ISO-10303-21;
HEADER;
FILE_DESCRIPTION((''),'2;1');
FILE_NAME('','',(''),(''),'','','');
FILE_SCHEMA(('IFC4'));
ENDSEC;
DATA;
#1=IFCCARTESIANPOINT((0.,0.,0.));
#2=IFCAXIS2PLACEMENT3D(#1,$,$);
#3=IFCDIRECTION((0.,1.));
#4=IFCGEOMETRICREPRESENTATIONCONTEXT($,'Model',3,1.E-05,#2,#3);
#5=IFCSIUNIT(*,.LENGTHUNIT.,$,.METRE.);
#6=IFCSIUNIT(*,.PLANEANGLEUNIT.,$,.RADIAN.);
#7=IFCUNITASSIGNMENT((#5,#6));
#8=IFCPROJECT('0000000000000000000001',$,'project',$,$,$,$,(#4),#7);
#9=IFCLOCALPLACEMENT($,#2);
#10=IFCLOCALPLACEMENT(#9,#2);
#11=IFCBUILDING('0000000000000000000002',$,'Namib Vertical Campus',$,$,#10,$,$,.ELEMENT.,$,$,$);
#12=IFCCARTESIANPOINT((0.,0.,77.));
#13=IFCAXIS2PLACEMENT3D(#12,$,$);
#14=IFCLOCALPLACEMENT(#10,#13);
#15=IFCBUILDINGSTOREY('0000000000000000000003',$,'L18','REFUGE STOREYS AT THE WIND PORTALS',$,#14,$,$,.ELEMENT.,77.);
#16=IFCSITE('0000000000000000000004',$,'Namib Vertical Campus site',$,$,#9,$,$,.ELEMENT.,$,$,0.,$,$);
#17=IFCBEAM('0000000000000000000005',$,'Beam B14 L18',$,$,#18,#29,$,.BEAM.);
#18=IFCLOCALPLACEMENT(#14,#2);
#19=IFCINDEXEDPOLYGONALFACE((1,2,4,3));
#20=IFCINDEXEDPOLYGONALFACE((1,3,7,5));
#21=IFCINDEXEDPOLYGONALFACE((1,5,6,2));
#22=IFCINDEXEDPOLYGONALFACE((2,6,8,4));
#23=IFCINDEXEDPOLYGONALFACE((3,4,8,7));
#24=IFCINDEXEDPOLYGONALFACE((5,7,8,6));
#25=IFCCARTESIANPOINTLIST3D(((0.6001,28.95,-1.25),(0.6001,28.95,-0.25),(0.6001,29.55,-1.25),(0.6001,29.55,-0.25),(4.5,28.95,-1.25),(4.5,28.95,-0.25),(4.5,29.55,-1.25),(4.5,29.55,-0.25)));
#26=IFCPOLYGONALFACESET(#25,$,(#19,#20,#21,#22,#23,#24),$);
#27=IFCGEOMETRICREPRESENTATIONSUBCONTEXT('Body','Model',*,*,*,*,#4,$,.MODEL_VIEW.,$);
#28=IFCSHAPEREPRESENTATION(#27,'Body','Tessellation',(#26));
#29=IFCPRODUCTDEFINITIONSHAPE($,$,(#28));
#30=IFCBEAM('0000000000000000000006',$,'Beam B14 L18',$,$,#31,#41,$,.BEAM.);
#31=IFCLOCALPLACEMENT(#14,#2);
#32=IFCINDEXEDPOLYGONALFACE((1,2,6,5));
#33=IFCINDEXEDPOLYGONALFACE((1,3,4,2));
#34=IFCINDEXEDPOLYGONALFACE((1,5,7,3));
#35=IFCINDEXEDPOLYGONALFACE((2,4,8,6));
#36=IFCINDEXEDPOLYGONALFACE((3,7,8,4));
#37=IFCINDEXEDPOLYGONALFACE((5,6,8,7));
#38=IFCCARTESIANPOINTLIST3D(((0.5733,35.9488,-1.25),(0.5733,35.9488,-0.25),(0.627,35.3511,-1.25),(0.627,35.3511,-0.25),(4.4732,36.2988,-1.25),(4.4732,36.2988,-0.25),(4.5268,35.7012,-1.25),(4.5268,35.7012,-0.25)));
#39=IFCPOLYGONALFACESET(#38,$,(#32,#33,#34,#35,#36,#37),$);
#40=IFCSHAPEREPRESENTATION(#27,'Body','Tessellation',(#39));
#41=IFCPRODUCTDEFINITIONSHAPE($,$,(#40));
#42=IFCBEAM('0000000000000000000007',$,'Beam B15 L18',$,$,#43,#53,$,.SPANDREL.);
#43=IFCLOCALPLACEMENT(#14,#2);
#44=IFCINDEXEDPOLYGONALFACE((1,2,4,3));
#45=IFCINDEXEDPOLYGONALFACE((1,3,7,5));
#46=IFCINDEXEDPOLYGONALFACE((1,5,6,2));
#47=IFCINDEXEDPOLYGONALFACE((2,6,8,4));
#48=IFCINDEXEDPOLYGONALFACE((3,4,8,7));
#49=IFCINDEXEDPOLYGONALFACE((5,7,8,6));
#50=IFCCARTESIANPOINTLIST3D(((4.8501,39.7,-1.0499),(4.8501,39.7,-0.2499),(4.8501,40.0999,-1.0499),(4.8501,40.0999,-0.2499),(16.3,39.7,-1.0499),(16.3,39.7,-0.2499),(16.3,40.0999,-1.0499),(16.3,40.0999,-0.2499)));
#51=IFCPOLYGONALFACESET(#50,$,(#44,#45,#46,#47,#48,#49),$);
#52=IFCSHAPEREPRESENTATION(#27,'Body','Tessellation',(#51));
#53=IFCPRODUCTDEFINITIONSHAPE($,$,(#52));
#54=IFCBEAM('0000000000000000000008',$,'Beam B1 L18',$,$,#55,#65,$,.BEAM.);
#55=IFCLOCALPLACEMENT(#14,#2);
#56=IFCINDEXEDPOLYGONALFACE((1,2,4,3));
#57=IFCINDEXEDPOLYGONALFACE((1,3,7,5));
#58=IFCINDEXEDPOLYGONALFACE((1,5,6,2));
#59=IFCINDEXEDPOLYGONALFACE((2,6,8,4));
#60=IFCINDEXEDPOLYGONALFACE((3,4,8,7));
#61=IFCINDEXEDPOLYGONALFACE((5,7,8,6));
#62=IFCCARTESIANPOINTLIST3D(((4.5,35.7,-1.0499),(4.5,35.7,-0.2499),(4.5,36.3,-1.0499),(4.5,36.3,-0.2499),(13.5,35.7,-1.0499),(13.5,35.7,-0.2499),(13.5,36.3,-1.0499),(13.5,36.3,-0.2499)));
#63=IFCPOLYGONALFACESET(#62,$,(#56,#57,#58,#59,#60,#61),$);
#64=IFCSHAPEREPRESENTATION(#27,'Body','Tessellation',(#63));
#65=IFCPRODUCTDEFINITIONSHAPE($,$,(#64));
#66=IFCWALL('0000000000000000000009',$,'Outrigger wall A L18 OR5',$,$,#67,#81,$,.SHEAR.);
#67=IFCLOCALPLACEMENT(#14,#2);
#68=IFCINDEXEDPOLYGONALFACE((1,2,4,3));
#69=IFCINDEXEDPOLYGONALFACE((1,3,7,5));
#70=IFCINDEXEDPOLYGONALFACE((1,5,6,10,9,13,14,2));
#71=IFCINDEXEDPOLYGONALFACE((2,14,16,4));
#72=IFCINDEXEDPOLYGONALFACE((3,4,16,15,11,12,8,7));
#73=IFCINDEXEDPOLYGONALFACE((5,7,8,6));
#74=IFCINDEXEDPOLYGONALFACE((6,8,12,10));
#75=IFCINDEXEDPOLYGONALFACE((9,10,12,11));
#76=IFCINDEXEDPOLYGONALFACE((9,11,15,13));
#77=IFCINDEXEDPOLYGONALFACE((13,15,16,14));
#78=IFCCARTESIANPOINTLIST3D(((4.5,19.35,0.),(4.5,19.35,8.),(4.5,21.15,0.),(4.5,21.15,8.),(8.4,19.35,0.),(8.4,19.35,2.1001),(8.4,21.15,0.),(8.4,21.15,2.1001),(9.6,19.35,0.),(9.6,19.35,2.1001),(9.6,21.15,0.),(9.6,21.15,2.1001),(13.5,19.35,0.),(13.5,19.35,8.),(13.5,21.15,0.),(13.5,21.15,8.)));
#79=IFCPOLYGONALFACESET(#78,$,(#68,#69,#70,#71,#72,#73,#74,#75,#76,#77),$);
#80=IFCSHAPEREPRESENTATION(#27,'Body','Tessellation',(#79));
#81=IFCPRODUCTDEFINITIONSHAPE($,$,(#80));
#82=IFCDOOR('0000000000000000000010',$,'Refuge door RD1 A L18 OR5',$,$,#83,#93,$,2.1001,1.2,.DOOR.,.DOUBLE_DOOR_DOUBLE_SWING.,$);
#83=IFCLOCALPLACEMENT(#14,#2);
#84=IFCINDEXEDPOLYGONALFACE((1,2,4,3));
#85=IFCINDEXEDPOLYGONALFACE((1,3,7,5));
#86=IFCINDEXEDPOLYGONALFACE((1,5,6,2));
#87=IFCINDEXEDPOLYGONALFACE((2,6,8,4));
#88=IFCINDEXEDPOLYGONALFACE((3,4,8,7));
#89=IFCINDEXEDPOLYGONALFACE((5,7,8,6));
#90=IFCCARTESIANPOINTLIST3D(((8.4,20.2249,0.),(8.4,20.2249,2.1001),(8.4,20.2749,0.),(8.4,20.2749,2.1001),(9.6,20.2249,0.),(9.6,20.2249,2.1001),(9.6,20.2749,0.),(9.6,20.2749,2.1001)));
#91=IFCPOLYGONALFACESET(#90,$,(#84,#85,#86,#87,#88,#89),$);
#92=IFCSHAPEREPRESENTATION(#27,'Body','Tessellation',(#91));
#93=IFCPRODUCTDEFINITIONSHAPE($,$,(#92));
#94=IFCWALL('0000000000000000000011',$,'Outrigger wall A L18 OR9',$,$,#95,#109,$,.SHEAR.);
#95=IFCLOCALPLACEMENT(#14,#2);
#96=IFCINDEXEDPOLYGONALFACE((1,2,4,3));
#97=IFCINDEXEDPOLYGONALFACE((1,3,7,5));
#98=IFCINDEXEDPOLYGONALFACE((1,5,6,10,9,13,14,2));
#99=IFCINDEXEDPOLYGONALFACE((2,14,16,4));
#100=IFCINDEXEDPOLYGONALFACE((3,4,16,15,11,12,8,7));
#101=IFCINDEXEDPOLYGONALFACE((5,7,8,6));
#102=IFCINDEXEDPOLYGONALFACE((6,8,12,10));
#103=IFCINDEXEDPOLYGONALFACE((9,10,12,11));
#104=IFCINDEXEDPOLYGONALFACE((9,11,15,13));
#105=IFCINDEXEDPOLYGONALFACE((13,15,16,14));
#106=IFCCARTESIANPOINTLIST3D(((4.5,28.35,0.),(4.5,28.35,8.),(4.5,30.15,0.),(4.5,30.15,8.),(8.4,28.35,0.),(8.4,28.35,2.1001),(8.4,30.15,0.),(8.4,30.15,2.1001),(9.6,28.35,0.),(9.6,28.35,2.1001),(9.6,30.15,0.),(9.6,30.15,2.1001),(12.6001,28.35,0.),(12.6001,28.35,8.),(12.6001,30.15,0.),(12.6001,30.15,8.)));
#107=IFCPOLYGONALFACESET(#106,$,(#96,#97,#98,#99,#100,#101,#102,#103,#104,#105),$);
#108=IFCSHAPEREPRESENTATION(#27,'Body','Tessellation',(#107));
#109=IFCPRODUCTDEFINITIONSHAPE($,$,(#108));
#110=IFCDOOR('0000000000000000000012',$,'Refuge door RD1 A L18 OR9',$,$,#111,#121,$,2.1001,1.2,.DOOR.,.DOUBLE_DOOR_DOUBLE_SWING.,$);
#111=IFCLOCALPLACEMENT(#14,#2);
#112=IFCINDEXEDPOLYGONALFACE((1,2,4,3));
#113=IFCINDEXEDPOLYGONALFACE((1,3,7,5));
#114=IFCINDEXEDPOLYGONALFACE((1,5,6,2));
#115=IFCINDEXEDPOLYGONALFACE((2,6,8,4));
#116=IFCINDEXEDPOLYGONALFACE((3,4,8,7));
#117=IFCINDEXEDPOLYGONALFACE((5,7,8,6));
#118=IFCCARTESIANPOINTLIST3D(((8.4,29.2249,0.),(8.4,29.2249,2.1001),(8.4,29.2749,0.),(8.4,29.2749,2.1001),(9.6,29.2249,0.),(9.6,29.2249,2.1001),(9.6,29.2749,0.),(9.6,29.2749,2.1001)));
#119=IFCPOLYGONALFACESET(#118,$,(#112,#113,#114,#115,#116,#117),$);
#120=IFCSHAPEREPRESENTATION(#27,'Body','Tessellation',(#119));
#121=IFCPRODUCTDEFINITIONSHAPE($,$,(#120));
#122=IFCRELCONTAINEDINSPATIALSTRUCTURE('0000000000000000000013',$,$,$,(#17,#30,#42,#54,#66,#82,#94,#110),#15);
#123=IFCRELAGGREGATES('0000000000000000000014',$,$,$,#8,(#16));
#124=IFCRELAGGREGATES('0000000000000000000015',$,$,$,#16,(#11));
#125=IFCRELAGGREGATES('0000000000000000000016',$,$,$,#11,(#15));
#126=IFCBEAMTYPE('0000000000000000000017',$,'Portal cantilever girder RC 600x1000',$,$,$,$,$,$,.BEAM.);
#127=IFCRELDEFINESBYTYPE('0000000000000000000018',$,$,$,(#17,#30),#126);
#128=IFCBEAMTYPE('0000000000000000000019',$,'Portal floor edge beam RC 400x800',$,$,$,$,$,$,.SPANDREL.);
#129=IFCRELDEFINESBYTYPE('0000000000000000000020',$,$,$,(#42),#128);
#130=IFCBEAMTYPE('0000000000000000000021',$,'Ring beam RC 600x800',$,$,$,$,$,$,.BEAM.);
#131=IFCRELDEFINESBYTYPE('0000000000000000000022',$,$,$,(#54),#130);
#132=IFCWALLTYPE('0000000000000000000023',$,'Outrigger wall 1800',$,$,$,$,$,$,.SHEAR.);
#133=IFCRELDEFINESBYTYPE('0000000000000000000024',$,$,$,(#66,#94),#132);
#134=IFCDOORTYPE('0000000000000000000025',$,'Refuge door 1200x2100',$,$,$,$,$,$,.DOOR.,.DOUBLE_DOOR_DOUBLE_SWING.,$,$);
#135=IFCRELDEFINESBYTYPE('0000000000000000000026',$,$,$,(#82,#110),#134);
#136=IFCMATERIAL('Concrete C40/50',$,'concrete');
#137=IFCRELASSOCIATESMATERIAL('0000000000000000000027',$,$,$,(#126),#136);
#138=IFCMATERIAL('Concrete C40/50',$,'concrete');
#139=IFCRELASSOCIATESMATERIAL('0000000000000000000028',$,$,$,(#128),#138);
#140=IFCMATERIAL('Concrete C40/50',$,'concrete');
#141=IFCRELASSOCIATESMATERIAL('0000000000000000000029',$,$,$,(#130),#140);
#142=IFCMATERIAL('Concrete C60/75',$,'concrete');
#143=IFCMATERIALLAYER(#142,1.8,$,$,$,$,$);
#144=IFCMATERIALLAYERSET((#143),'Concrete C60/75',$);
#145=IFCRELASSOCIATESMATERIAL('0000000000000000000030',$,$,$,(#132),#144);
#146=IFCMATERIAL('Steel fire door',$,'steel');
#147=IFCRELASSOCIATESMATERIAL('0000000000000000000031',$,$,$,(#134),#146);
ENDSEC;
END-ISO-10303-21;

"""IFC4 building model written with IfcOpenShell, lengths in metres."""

from ifc_helpers import new_model, si_unit, direction, frame, frame_2d, origin, origin_2d, place, context, subcontext, project, spatial, rectangle, extrude, material, layer, layer_set, material_profile, profile_set, type_object, element, fill, save


model = new_model("IFC4")

# Units and contexts
model_context = context("Model", 3, precision=1e-05, world=origin(), true_north=direction((0.0, 1.0)))
body_context = subcontext(model_context, "Body", "Model", "MODEL_VIEW")
ifc_project = project(units=[si_unit("LENGTHUNIT", "METRE"), si_unit("PLANEANGLEUNIT", "RADIAN")], contexts=[model_context])

# Site, building, storey
site_placement = place(None, origin())
site = spatial("IfcSite", under=ifc_project, at=site_placement, Name="Namib Vertical Campus site", CompositionType="ELEMENT", RefElevation=0.0)
building_placement = place(site_placement, origin())
building = spatial("IfcBuilding", under=site, at=building_placement, Name="Namib Vertical Campus", CompositionType="ELEMENT")
storey_placement = place(building_placement, frame((0.0, 0.0, 77.0)))
storey = spatial("IfcBuildingStorey", under=building, at=storey_placement, Name="L18", Description="REFUGE STOREYS AT THE WIND PORTALS", CompositionType="ELEMENT", Elevation=77.0)

# Beams
ifc_material_1 = material(Name="Concrete C40/50", Category="concrete")
ifc_material_profile_1 = material_profile(ifc_material_1, rectangle(XDim=0.6001, YDim=1.0, at=origin_2d()))
ifc_profile_set_1 = profile_set([ifc_material_profile_1], Name="Concrete C40/50")
beam_type_1 = type_object("IfcBeamType", Name="Portal cantilever girder RC 600x1000", PredefinedType="BEAM", material=ifc_profile_set_1)
for number, where, z_axis, x_axis, name in (
    (1, (4.5, 29.25, -0.75), (-1.0, 0.0, 0.0), (0.0, -1.0, 0.0), "Beam B14 L18"),
):
    element("IfcBeam", number, at=place(storey_placement, frame(where, z_axis=z_axis, x_axis=x_axis)), inside=storey, type_object=beam_type_1, Name=name, PredefinedType="BEAM", context=body_context, shape_type="SweptSolid", body=[
        extrude(rectangle(XDim=0.6001, YDim=1.0, at=origin_2d()), origin(), (0.0, 0.0, 1.0), 3.8999),
    ])
beam_1_placement = place(storey_placement, frame((4.5, 36.0, -0.75), z_axis=(-0.995995, -0.089411, 0.0), x_axis=(0.089411, -0.995995, 0.0)))
element("IfcBeam", 2, at=beam_1_placement, inside=storey, type_object=beam_type_1, Name="Beam B14 L18", PredefinedType="BEAM", context=body_context, shape_type="SweptSolid", body=[
    extrude(rectangle(XDim=0.6001, YDim=1.0, at=origin_2d()), origin(), (0.0, 0.0, 1.0), 3.9155),
])
ifc_material_2 = material(Name="Concrete C40/50", Category="concrete")
ifc_material_profile_2 = material_profile(ifc_material_2, rectangle(XDim=0.3999, YDim=0.8, at=origin_2d()))
ifc_profile_set_2 = profile_set([ifc_material_profile_2], Name="Concrete C40/50")
beam_type_2 = type_object("IfcBeamType", Name="Portal floor edge beam RC 400x800", PredefinedType="SPANDREL", material=ifc_profile_set_2)
beam_2_placement = place(storey_placement, frame((4.8501, 39.8999, -0.6499), z_axis=(1.0, 0.0, 0.0), x_axis=(0.0, 1.0, 0.0)))
element("IfcBeam", 3, at=beam_2_placement, inside=storey, type_object=beam_type_2, Name="Beam B15 L18", PredefinedType="SPANDREL", context=body_context, shape_type="SweptSolid", body=[
    extrude(rectangle(XDim=0.3999, YDim=0.8, at=origin_2d()), origin(), (0.0, 0.0, 1.0), 11.45),
])
ifc_material_3 = material(Name="Concrete C40/50", Category="concrete")
ifc_material_profile_3 = material_profile(ifc_material_3, rectangle(XDim=0.6001, YDim=0.8, at=origin_2d()))
ifc_profile_set_3 = profile_set([ifc_material_profile_3], Name="Concrete C40/50")
beam_type_3 = type_object("IfcBeamType", Name="Ring beam RC 600x800", PredefinedType="BEAM", material=ifc_profile_set_3)
beam_3_placement = place(storey_placement, frame((4.5, 36.0, -0.6499), z_axis=(1.0, 0.0, 0.0), x_axis=(0.0, 1.0, 0.0)))
element("IfcBeam", 4, at=beam_3_placement, inside=storey, type_object=beam_type_3, Name="Beam B1 L18", PredefinedType="BEAM", context=body_context, shape_type="SweptSolid", body=[
    extrude(rectangle(XDim=0.6001, YDim=0.8, at=origin_2d()), origin(), (0.0, 0.0, 1.0), 9.0),
])

# Walls, openings, doors
ifc_material_4 = material(Name="Concrete C60/75", Category="concrete")
ifc_layer = layer(ifc_material_4, 1.8)
ifc_layer_set = layer_set([ifc_layer], Name="Concrete C60/75")
wall_type = type_object("IfcWallType", Name="Outrigger wall 1800", PredefinedType="SHEAR", material=ifc_layer_set)
wall_1_placement = place(storey_placement, frame((4.5, 20.25, 0.0), z_axis=(0.0, 0.0, 1.0), x_axis=(1.0, 0.0, 0.0)))
wall_1 = element("IfcWall", 5, at=wall_1_placement, inside=storey, type_object=wall_type, Name="Outrigger wall A L18 OR5", PredefinedType="SHEAR", context=body_context, shape_type="SweptSolid", body=[
    extrude(rectangle(XDim=9.0, YDim=1.8, at=frame_2d((4.5, 0.0))), origin(), (0.0, 0.0, 1.0), 8.0),
])
opening_1_placement = place(wall_1_placement, frame((3.8999, 0.0, 0.0)))
opening_1 = element("IfcOpeningElement", 6, at=opening_1_placement, cuts=wall_1, PredefinedType="OPENING", context=body_context, shape_type="SweptSolid", body=[
    extrude(rectangle(XDim=1.2, YDim=2.1001, at=frame_2d((0.6001, 1.05))), frame((0.0, 0.9099, 0.0), z_axis=(0.0, -1.0, 0.0), x_axis=(1.0, 0.0, 0.0)), (0.0, 0.0, 1.0), 1.8201),
])
ifc_material_5 = material(Name="Steel fire door", Category="steel")
door_type = type_object("IfcDoorType", Name="Refuge door 1200x2100", OperationType="DOUBLE_DOOR_DOUBLE_SWING", PredefinedType="DOOR", material=ifc_material_5)
door_1_placement = place(opening_1_placement, origin())
door_1 = element("IfcDoor", 7, at=door_1_placement, inside=storey, type_object=door_type, Name="Refuge door RD1 A L18 OR5", OperationType="DOUBLE_DOOR_DOUBLE_SWING", OverallHeight=2.1001, OverallWidth=1.2, PredefinedType="DOOR", context=body_context, shape_type="SweptSolid", body=[
    extrude(rectangle(XDim=1.2, YDim=2.1001, at=frame_2d((0.6001, 1.05))), frame((0.0, 0.0249, 0.0), z_axis=(0.0, -1.0, 0.0), x_axis=(1.0, 0.0, 0.0)), (0.0, 0.0, 1.0), 0.05),
])
fill(opening_1, door_1)
wall_2_placement = place(storey_placement, frame((4.5, 29.25, 0.0), z_axis=(0.0, 0.0, 1.0), x_axis=(1.0, 0.0, 0.0)))
wall_2 = element("IfcWall", 8, at=wall_2_placement, inside=storey, type_object=wall_type, Name="Outrigger wall A L18 OR9", PredefinedType="SHEAR", context=body_context, shape_type="SweptSolid", body=[
    extrude(rectangle(XDim=8.1001, YDim=1.8, at=frame_2d((4.05, 0.0))), origin(), (0.0, 0.0, 1.0), 8.0),
])
opening_2_placement = place(wall_2_placement, frame((3.8999, 0.0, 0.0)))
opening_2 = element("IfcOpeningElement", 9, at=opening_2_placement, cuts=wall_2, PredefinedType="OPENING", context=body_context, shape_type="SweptSolid", body=[
    extrude(rectangle(XDim=1.2, YDim=2.1001, at=frame_2d((0.6001, 1.05))), frame((0.0, 0.9099, 0.0), z_axis=(0.0, -1.0, 0.0), x_axis=(1.0, 0.0, 0.0)), (0.0, 0.0, 1.0), 1.8201),
])
door_2_placement = place(opening_2_placement, origin())
door_2 = element("IfcDoor", 10, at=door_2_placement, inside=storey, type_object=door_type, Name="Refuge door RD1 A L18 OR9", OperationType="DOUBLE_DOOR_DOUBLE_SWING", OverallHeight=2.1001, OverallWidth=1.2, PredefinedType="DOOR", context=body_context, shape_type="SweptSolid", body=[
    extrude(rectangle(XDim=1.2, YDim=2.1001, at=frame_2d((0.6001, 1.05))), frame((0.0, 0.0249, 0.0), z_axis=(0.0, -1.0, 0.0), x_axis=(1.0, 0.0, 0.0)), (0.0, 0.0, 1.0), 0.05),
])
fill(opening_2, door_2)

save(model, "model.ifc")
